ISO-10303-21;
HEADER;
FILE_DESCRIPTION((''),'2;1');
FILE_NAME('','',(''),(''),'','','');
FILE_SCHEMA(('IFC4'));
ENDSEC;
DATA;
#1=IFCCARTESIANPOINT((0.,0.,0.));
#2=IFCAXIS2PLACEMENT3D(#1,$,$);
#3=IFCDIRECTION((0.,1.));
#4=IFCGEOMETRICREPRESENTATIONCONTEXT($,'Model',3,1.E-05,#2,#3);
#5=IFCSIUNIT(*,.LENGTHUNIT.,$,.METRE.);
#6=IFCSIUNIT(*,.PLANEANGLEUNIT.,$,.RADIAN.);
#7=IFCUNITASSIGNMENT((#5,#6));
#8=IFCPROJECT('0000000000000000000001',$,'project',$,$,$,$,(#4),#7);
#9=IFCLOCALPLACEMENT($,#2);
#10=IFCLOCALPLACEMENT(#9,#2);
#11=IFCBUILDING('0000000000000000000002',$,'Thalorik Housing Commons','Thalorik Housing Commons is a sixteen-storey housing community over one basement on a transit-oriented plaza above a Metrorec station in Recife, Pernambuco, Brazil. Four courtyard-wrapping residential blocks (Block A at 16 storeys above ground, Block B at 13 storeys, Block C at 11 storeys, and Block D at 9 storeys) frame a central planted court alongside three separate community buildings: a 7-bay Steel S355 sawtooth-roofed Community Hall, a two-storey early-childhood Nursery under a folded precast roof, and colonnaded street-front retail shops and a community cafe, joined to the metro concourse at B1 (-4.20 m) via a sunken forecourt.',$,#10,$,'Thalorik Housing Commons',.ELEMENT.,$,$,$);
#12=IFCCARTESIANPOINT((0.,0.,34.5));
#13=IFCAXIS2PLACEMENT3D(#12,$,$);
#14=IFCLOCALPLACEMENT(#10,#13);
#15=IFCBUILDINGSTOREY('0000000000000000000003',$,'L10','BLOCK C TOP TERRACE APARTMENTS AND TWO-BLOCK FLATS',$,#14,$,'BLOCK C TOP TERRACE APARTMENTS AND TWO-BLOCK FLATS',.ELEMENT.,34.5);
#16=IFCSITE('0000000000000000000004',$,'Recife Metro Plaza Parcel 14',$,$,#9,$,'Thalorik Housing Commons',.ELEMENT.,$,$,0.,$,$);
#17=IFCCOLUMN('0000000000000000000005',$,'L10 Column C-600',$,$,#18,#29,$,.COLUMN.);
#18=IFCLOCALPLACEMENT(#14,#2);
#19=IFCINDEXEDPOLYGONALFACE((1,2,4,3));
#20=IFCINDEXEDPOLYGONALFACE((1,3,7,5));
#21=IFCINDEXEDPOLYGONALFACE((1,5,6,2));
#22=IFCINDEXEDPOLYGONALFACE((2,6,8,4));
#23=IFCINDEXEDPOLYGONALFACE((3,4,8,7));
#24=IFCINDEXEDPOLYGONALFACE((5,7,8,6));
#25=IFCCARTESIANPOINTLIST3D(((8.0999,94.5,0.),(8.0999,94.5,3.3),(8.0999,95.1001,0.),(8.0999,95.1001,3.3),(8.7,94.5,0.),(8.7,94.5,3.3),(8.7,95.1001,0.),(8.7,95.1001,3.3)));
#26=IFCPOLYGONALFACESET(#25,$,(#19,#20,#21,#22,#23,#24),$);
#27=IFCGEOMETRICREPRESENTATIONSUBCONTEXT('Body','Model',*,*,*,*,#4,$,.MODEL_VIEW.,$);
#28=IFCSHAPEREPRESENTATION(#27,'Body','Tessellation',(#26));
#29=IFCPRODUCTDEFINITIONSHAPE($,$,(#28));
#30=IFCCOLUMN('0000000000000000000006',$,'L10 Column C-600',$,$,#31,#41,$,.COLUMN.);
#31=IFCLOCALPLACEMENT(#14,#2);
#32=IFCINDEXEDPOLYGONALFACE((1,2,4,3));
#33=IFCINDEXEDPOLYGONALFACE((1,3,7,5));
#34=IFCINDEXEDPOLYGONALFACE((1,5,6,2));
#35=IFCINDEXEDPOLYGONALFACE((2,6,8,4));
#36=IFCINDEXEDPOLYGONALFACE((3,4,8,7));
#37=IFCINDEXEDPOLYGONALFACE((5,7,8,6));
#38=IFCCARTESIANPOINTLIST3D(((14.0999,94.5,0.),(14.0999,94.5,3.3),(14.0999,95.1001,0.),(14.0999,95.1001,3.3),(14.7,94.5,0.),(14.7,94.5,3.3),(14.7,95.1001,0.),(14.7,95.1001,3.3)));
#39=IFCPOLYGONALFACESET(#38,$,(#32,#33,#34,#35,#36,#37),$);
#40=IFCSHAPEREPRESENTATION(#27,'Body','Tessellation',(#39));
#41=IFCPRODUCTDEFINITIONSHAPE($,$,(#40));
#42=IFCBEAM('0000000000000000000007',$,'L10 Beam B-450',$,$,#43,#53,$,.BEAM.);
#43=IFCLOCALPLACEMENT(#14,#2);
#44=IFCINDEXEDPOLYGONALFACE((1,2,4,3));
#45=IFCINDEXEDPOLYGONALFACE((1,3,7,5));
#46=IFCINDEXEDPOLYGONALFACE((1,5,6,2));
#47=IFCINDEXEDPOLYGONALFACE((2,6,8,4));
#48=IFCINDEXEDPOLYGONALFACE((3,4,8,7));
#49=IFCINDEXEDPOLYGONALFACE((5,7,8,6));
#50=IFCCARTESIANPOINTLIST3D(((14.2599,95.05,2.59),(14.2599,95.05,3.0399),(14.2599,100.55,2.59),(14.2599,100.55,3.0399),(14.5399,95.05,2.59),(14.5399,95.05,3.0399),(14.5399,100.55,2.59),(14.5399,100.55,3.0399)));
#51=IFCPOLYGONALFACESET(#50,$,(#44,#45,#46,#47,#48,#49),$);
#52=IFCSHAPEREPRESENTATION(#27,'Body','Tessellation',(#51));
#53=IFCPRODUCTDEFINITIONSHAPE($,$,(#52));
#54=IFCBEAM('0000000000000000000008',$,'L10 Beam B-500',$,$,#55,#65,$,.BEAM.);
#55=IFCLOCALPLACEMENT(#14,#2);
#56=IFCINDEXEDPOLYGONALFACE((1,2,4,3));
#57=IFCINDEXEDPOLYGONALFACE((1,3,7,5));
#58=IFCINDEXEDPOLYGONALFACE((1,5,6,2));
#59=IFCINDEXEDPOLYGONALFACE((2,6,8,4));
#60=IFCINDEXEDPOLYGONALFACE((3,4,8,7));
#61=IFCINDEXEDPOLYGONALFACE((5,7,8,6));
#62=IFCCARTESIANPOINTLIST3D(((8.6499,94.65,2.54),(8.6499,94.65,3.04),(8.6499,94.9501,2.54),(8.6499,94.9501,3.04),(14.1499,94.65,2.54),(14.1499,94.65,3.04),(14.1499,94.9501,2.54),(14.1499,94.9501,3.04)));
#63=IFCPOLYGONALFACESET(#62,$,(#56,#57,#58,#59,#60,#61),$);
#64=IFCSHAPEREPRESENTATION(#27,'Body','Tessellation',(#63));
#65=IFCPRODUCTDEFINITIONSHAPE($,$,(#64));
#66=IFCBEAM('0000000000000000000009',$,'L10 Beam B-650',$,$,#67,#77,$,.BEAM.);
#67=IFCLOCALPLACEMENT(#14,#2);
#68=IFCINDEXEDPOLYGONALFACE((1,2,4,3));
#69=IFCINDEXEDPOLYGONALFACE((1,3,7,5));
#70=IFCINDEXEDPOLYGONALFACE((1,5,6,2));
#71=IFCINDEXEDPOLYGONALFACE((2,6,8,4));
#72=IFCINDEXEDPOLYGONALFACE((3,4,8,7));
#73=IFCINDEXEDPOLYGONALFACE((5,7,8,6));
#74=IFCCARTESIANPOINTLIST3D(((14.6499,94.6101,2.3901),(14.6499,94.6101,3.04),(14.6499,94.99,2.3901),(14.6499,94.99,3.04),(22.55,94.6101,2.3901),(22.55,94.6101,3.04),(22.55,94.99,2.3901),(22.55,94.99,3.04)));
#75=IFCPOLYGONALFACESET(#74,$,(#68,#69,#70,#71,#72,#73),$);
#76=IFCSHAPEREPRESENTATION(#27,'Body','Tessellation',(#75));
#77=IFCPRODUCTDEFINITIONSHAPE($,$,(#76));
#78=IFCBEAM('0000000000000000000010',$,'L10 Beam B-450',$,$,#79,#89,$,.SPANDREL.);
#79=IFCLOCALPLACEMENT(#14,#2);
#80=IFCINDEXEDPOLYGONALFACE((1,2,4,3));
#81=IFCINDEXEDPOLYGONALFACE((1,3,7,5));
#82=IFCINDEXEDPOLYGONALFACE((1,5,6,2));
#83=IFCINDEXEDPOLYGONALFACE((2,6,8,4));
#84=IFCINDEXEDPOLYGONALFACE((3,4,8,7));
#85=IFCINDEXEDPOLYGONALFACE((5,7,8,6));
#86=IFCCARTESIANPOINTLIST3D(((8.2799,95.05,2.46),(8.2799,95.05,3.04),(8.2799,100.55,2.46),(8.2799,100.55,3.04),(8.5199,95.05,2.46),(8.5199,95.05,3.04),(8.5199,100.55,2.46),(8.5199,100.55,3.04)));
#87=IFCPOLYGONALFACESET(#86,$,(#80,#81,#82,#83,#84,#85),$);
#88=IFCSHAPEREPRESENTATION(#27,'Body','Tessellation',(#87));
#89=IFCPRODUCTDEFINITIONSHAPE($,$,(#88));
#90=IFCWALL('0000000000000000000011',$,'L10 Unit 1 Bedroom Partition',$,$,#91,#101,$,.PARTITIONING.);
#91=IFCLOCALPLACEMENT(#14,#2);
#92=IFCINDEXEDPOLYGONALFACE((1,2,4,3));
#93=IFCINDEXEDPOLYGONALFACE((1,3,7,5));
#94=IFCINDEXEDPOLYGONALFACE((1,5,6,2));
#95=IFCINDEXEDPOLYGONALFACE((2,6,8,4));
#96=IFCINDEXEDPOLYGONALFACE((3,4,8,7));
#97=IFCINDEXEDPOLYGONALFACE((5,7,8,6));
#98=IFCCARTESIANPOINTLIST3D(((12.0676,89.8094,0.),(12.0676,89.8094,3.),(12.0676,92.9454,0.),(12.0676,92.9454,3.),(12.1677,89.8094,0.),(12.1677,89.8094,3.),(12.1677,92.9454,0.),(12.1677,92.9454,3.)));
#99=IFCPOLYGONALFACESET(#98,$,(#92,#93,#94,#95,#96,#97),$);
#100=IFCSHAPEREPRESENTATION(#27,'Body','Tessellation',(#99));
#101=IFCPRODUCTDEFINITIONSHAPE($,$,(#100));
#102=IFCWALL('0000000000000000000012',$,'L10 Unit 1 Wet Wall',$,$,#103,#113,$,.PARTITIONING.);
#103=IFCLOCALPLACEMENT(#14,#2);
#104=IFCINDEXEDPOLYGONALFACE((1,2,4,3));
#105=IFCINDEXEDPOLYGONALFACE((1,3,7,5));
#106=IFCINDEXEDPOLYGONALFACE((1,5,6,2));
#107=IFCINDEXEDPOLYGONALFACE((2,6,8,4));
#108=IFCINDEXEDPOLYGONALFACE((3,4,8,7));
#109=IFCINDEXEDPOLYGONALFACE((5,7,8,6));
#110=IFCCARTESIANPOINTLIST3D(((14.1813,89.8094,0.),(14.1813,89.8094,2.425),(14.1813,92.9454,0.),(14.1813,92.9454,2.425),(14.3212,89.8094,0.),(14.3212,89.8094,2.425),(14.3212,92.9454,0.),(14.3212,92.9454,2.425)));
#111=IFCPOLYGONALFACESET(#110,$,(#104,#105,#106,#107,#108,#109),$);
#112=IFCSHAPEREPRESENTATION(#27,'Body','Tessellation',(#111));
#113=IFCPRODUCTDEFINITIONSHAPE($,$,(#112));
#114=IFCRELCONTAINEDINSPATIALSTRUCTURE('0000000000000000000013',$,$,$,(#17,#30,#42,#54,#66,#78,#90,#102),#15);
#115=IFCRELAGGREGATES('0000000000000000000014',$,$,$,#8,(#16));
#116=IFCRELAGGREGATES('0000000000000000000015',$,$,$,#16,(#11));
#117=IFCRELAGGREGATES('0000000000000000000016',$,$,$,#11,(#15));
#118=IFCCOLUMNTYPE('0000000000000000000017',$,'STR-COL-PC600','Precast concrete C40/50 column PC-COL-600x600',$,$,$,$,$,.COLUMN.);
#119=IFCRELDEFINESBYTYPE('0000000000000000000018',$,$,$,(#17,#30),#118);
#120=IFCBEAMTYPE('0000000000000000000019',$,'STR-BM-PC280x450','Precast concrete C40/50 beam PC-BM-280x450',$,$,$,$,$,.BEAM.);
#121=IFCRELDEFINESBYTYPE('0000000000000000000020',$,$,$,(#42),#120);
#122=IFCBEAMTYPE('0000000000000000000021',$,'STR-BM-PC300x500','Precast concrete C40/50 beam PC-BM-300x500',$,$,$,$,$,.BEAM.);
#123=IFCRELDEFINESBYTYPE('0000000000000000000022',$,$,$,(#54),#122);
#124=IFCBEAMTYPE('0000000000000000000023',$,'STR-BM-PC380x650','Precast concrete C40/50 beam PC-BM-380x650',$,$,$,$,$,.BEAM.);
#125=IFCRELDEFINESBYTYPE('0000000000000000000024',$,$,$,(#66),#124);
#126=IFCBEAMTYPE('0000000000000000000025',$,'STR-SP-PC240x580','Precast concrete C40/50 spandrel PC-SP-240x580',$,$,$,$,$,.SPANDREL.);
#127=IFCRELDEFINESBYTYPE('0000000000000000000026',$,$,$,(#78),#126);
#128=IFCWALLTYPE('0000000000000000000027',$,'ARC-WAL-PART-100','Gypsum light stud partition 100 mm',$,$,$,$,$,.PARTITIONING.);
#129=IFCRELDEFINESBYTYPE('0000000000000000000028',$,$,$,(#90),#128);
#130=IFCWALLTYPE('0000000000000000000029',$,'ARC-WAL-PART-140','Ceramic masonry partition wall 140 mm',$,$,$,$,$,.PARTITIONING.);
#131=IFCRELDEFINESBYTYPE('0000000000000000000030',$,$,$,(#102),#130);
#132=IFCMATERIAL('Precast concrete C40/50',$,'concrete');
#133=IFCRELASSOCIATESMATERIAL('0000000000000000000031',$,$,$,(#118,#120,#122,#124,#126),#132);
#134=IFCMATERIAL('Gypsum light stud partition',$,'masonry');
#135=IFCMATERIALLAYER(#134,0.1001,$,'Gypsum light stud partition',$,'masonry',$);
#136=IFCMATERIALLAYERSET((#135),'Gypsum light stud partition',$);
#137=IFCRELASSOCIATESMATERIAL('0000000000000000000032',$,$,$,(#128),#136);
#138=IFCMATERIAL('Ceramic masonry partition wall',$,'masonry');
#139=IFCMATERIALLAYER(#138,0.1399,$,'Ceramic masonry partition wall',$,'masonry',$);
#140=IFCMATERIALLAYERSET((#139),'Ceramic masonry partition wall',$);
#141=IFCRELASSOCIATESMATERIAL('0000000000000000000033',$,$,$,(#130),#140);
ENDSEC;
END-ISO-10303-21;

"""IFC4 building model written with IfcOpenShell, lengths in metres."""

from ifc_helpers import new_model, si_unit, direction, frame, frame_2d, origin, origin_2d, place, context, subcontext, project, spatial, rectangle, extrude, material, layer, layer_set, material_profile, profile_set, type_object, element, save


model = new_model("IFC4")

# Units and contexts
model_context = context("Model", 3, precision=1e-05, world=origin(), true_north=direction((0.0, 1.0)))
body_context = subcontext(model_context, "Body", "Model", "MODEL_VIEW")
ifc_project = project(units=[si_unit("LENGTHUNIT", "METRE"), si_unit("PLANEANGLEUNIT", "RADIAN")], contexts=[model_context])

# Site, building, storey
site_placement = place(None, origin())
site = spatial("IfcSite", under=ifc_project, at=site_placement, Name="Recife Metro Plaza Parcel 14", LongName="Thalorik Housing Commons", CompositionType="ELEMENT", RefElevation=0.0)
building_placement = place(site_placement, origin())
building = spatial("IfcBuilding", under=site, at=building_placement, Name="Thalorik Housing Commons", Description="Thalorik Housing Commons is a sixteen-storey housing community over one basement on a transit-oriented plaza above a Metrorec station in Recife, Pernambuco, Brazil. Four courtyard-wrapping residential blocks (Block A at 16 storeys above ground, Block B at 13 storeys, Block C at 11 storeys, and Block D at 9 storeys) frame a central planted court alongside three separate community buildings: a 7-bay Steel S355 sawtooth-roofed Community Hall, a two-storey early-childhood Nursery under a folded precast roof, and colonnaded street-front retail shops and a community cafe, joined to the metro concourse at B1 (-4.20 m) via a sunken forecourt.", LongName="Thalorik Housing Commons", CompositionType="ELEMENT")
storey_placement = place(building_placement, frame((0.0, 0.0, 34.5)))
storey = spatial("IfcBuildingStorey", under=building, at=storey_placement, Name="L10", Description="BLOCK C TOP TERRACE APARTMENTS AND TWO-BLOCK FLATS", LongName="BLOCK C TOP TERRACE APARTMENTS AND TWO-BLOCK FLATS", CompositionType="ELEMENT", Elevation=34.5)

# Columns
ifc_material_1 = material(Name="Precast concrete C40/50", Category="concrete")
ifc_material_profile_1 = material_profile(ifc_material_1, rectangle(XDim=0.6001, YDim=0.6001, at=origin_2d()), Name="PC 600x600", Category="concrete")
ifc_profile_set_1 = profile_set([ifc_material_profile_1], Name="Precast concrete C40/50")
column_type = type_object("IfcColumnType", Name="STR-COL-PC600", Description="Precast concrete C40/50 column PC-COL-600x600", PredefinedType="COLUMN", material=ifc_profile_set_1)
for number, where, z_axis, x_axis, name in (
    (1, (8.3999, 94.8, 0.0), (0.0, 0.0, 1.0), (1.0, 0.0, 0.0), "L10 Column C-600"),
    (2, (14.3999, 94.8, 0.0), (0.0, 0.0, 1.0), (1.0, 0.0, 0.0), "L10 Column C-600"),
):
    element("IfcColumn", number, at=place(storey_placement, frame(where, z_axis=z_axis, x_axis=x_axis)), inside=storey, type_object=column_type, Name=name, PredefinedType="COLUMN", context=body_context, shape_type="SweptSolid", body=[
        extrude(rectangle(XDim=0.6001, YDim=0.6001, at=origin_2d()), origin(), (0.0, 0.0, 1.0), 3.3),
    ])

# Beams
ifc_material_profile_2 = material_profile(ifc_material_1, rectangle(XDim=0.28, YDim=0.45, at=origin_2d()), Name="PC 280x450", Category="concrete")
ifc_profile_set_2 = profile_set([ifc_material_profile_2], Name="Precast concrete C40/50")
beam_type_1 = type_object("IfcBeamType", Name="STR-BM-PC280x450", Description="Precast concrete C40/50 beam PC-BM-280x450", PredefinedType="BEAM", material=ifc_profile_set_2)
beam_1_placement = place(storey_placement, frame((14.3999, 95.05, 2.8149), z_axis=(0.0, 1.0, 0.0), x_axis=(-1.0, 0.0, 0.0)))
element("IfcBeam", 3, at=beam_1_placement, inside=storey, type_object=beam_type_1, Name="L10 Beam B-450", PredefinedType="BEAM", context=body_context, shape_type="SweptSolid", body=[
    extrude(rectangle(XDim=0.28, YDim=0.45, at=origin_2d()), origin(), (0.0, 0.0, 1.0), 5.5),
])
ifc_material_profile_3 = material_profile(ifc_material_1, rectangle(XDim=0.3, YDim=0.5, at=origin_2d()), Name="PC 300x500", Category="concrete")
ifc_profile_set_3 = profile_set([ifc_material_profile_3], Name="Precast concrete C40/50")
beam_type_2 = type_object("IfcBeamType", Name="STR-BM-PC300x500", Description="Precast concrete C40/50 beam PC-BM-300x500", PredefinedType="BEAM", material=ifc_profile_set_3)
beam_2_placement = place(storey_placement, frame((8.6499, 94.8, 2.79), z_axis=(1.0, 0.0, 0.0), x_axis=(0.0, 1.0, 0.0)))
element("IfcBeam", 4, at=beam_2_placement, inside=storey, type_object=beam_type_2, Name="L10 Beam B-500", PredefinedType="BEAM", context=body_context, shape_type="SweptSolid", body=[
    extrude(rectangle(XDim=0.3, YDim=0.5, at=origin_2d()), origin(), (0.0, 0.0, 1.0), 5.5),
])
ifc_material_profile_4 = material_profile(ifc_material_1, rectangle(XDim=0.3799, YDim=0.6499, at=origin_2d()), Name="PC 380x650", Category="concrete")
ifc_profile_set_4 = profile_set([ifc_material_profile_4], Name="Precast concrete C40/50")
beam_type_3 = type_object("IfcBeamType", Name="STR-BM-PC380x650", Description="Precast concrete C40/50 beam PC-BM-380x650", PredefinedType="BEAM", material=ifc_profile_set_4)
beam_3_placement = place(storey_placement, frame((14.6499, 94.8, 2.7151), z_axis=(1.0, 0.0, 0.0), x_axis=(0.0, 1.0, 0.0)))
element("IfcBeam", 5, at=beam_3_placement, inside=storey, type_object=beam_type_3, Name="L10 Beam B-650", PredefinedType="BEAM", context=body_context, shape_type="SweptSolid", body=[
    extrude(rectangle(XDim=0.3799, YDim=0.6499, at=origin_2d()), origin(), (0.0, 0.0, 1.0), 7.9001),
])
ifc_material_profile_5 = material_profile(ifc_material_1, rectangle(XDim=0.24, YDim=0.5801, at=origin_2d()), Name="PC SP 240x580", Category="concrete")
ifc_profile_set_5 = profile_set([ifc_material_profile_5], Name="Precast concrete C40/50")
beam_type_4 = type_object("IfcBeamType", Name="STR-SP-PC240x580", Description="Precast concrete C40/50 spandrel PC-SP-240x580", PredefinedType="SPANDREL", material=ifc_profile_set_5)
beam_4_placement = place(storey_placement, frame((8.3999, 95.05, 2.75), z_axis=(0.0, 1.0, 0.0), x_axis=(-1.0, 0.0, 0.0)))
element("IfcBeam", 6, at=beam_4_placement, inside=storey, type_object=beam_type_4, Name="L10 Beam B-450", PredefinedType="SPANDREL", context=body_context, shape_type="SweptSolid", body=[
    extrude(rectangle(XDim=0.24, YDim=0.5801, at=origin_2d()), origin(), (0.0, 0.0, 1.0), 5.5),
])

# Walls
ifc_material_2 = material(Name="Gypsum light stud partition", Category="masonry")
ifc_layer_1 = layer(ifc_material_2, 0.1001, Name="Gypsum light stud partition", Category="masonry")
ifc_layer_set_1 = layer_set([ifc_layer_1], Name="Gypsum light stud partition")
wall_type_1 = type_object("IfcWallType", Name="ARC-WAL-PART-100", Description="Gypsum light stud partition 100 mm", PredefinedType="PARTITIONING", material=ifc_layer_set_1)
wall_1_placement = place(storey_placement, frame((12.1177, 89.8096, 0.0), z_axis=(0.0, 0.0, 1.0), x_axis=(0.0, 1.0, 0.0)))
element("IfcWall", 7, at=wall_1_placement, inside=storey, type_object=wall_type_1, Name="L10 Unit 1 Bedroom Partition", PredefinedType="PARTITIONING", context=body_context, shape_type="SweptSolid", body=[
    extrude(rectangle(XDim=3.136, YDim=0.1001, at=frame_2d((1.5679, 0.0))), origin(), (0.0, 0.0, 1.0), 3.0),
])
ifc_material_3 = material(Name="Ceramic masonry partition wall", Category="masonry")
ifc_layer_2 = layer(ifc_material_3, 0.1399, Name="Ceramic masonry partition wall", Category="masonry")
ifc_layer_set_2 = layer_set([ifc_layer_2], Name="Ceramic masonry partition wall")
wall_type_2 = type_object("IfcWallType", Name="ARC-WAL-PART-140", Description="Ceramic masonry partition wall 140 mm", PredefinedType="PARTITIONING", material=ifc_layer_set_2)
wall_2_placement = place(storey_placement, frame((14.2512, 89.8096, 0.0), z_axis=(0.0, 0.0, 1.0), x_axis=(0.0, 1.0, 0.0)))
element("IfcWall", 8, at=wall_2_placement, inside=storey, type_object=wall_type_2, Name="L10 Unit 1 Wet Wall", PredefinedType="PARTITIONING", context=body_context, shape_type="SweptSolid", body=[
    extrude(rectangle(XDim=3.136, YDim=0.1399, at=frame_2d((1.5679, 0.0))), origin(), (0.0, 0.0, 1.0), 2.425),
])

save(model, "model.ifc")
